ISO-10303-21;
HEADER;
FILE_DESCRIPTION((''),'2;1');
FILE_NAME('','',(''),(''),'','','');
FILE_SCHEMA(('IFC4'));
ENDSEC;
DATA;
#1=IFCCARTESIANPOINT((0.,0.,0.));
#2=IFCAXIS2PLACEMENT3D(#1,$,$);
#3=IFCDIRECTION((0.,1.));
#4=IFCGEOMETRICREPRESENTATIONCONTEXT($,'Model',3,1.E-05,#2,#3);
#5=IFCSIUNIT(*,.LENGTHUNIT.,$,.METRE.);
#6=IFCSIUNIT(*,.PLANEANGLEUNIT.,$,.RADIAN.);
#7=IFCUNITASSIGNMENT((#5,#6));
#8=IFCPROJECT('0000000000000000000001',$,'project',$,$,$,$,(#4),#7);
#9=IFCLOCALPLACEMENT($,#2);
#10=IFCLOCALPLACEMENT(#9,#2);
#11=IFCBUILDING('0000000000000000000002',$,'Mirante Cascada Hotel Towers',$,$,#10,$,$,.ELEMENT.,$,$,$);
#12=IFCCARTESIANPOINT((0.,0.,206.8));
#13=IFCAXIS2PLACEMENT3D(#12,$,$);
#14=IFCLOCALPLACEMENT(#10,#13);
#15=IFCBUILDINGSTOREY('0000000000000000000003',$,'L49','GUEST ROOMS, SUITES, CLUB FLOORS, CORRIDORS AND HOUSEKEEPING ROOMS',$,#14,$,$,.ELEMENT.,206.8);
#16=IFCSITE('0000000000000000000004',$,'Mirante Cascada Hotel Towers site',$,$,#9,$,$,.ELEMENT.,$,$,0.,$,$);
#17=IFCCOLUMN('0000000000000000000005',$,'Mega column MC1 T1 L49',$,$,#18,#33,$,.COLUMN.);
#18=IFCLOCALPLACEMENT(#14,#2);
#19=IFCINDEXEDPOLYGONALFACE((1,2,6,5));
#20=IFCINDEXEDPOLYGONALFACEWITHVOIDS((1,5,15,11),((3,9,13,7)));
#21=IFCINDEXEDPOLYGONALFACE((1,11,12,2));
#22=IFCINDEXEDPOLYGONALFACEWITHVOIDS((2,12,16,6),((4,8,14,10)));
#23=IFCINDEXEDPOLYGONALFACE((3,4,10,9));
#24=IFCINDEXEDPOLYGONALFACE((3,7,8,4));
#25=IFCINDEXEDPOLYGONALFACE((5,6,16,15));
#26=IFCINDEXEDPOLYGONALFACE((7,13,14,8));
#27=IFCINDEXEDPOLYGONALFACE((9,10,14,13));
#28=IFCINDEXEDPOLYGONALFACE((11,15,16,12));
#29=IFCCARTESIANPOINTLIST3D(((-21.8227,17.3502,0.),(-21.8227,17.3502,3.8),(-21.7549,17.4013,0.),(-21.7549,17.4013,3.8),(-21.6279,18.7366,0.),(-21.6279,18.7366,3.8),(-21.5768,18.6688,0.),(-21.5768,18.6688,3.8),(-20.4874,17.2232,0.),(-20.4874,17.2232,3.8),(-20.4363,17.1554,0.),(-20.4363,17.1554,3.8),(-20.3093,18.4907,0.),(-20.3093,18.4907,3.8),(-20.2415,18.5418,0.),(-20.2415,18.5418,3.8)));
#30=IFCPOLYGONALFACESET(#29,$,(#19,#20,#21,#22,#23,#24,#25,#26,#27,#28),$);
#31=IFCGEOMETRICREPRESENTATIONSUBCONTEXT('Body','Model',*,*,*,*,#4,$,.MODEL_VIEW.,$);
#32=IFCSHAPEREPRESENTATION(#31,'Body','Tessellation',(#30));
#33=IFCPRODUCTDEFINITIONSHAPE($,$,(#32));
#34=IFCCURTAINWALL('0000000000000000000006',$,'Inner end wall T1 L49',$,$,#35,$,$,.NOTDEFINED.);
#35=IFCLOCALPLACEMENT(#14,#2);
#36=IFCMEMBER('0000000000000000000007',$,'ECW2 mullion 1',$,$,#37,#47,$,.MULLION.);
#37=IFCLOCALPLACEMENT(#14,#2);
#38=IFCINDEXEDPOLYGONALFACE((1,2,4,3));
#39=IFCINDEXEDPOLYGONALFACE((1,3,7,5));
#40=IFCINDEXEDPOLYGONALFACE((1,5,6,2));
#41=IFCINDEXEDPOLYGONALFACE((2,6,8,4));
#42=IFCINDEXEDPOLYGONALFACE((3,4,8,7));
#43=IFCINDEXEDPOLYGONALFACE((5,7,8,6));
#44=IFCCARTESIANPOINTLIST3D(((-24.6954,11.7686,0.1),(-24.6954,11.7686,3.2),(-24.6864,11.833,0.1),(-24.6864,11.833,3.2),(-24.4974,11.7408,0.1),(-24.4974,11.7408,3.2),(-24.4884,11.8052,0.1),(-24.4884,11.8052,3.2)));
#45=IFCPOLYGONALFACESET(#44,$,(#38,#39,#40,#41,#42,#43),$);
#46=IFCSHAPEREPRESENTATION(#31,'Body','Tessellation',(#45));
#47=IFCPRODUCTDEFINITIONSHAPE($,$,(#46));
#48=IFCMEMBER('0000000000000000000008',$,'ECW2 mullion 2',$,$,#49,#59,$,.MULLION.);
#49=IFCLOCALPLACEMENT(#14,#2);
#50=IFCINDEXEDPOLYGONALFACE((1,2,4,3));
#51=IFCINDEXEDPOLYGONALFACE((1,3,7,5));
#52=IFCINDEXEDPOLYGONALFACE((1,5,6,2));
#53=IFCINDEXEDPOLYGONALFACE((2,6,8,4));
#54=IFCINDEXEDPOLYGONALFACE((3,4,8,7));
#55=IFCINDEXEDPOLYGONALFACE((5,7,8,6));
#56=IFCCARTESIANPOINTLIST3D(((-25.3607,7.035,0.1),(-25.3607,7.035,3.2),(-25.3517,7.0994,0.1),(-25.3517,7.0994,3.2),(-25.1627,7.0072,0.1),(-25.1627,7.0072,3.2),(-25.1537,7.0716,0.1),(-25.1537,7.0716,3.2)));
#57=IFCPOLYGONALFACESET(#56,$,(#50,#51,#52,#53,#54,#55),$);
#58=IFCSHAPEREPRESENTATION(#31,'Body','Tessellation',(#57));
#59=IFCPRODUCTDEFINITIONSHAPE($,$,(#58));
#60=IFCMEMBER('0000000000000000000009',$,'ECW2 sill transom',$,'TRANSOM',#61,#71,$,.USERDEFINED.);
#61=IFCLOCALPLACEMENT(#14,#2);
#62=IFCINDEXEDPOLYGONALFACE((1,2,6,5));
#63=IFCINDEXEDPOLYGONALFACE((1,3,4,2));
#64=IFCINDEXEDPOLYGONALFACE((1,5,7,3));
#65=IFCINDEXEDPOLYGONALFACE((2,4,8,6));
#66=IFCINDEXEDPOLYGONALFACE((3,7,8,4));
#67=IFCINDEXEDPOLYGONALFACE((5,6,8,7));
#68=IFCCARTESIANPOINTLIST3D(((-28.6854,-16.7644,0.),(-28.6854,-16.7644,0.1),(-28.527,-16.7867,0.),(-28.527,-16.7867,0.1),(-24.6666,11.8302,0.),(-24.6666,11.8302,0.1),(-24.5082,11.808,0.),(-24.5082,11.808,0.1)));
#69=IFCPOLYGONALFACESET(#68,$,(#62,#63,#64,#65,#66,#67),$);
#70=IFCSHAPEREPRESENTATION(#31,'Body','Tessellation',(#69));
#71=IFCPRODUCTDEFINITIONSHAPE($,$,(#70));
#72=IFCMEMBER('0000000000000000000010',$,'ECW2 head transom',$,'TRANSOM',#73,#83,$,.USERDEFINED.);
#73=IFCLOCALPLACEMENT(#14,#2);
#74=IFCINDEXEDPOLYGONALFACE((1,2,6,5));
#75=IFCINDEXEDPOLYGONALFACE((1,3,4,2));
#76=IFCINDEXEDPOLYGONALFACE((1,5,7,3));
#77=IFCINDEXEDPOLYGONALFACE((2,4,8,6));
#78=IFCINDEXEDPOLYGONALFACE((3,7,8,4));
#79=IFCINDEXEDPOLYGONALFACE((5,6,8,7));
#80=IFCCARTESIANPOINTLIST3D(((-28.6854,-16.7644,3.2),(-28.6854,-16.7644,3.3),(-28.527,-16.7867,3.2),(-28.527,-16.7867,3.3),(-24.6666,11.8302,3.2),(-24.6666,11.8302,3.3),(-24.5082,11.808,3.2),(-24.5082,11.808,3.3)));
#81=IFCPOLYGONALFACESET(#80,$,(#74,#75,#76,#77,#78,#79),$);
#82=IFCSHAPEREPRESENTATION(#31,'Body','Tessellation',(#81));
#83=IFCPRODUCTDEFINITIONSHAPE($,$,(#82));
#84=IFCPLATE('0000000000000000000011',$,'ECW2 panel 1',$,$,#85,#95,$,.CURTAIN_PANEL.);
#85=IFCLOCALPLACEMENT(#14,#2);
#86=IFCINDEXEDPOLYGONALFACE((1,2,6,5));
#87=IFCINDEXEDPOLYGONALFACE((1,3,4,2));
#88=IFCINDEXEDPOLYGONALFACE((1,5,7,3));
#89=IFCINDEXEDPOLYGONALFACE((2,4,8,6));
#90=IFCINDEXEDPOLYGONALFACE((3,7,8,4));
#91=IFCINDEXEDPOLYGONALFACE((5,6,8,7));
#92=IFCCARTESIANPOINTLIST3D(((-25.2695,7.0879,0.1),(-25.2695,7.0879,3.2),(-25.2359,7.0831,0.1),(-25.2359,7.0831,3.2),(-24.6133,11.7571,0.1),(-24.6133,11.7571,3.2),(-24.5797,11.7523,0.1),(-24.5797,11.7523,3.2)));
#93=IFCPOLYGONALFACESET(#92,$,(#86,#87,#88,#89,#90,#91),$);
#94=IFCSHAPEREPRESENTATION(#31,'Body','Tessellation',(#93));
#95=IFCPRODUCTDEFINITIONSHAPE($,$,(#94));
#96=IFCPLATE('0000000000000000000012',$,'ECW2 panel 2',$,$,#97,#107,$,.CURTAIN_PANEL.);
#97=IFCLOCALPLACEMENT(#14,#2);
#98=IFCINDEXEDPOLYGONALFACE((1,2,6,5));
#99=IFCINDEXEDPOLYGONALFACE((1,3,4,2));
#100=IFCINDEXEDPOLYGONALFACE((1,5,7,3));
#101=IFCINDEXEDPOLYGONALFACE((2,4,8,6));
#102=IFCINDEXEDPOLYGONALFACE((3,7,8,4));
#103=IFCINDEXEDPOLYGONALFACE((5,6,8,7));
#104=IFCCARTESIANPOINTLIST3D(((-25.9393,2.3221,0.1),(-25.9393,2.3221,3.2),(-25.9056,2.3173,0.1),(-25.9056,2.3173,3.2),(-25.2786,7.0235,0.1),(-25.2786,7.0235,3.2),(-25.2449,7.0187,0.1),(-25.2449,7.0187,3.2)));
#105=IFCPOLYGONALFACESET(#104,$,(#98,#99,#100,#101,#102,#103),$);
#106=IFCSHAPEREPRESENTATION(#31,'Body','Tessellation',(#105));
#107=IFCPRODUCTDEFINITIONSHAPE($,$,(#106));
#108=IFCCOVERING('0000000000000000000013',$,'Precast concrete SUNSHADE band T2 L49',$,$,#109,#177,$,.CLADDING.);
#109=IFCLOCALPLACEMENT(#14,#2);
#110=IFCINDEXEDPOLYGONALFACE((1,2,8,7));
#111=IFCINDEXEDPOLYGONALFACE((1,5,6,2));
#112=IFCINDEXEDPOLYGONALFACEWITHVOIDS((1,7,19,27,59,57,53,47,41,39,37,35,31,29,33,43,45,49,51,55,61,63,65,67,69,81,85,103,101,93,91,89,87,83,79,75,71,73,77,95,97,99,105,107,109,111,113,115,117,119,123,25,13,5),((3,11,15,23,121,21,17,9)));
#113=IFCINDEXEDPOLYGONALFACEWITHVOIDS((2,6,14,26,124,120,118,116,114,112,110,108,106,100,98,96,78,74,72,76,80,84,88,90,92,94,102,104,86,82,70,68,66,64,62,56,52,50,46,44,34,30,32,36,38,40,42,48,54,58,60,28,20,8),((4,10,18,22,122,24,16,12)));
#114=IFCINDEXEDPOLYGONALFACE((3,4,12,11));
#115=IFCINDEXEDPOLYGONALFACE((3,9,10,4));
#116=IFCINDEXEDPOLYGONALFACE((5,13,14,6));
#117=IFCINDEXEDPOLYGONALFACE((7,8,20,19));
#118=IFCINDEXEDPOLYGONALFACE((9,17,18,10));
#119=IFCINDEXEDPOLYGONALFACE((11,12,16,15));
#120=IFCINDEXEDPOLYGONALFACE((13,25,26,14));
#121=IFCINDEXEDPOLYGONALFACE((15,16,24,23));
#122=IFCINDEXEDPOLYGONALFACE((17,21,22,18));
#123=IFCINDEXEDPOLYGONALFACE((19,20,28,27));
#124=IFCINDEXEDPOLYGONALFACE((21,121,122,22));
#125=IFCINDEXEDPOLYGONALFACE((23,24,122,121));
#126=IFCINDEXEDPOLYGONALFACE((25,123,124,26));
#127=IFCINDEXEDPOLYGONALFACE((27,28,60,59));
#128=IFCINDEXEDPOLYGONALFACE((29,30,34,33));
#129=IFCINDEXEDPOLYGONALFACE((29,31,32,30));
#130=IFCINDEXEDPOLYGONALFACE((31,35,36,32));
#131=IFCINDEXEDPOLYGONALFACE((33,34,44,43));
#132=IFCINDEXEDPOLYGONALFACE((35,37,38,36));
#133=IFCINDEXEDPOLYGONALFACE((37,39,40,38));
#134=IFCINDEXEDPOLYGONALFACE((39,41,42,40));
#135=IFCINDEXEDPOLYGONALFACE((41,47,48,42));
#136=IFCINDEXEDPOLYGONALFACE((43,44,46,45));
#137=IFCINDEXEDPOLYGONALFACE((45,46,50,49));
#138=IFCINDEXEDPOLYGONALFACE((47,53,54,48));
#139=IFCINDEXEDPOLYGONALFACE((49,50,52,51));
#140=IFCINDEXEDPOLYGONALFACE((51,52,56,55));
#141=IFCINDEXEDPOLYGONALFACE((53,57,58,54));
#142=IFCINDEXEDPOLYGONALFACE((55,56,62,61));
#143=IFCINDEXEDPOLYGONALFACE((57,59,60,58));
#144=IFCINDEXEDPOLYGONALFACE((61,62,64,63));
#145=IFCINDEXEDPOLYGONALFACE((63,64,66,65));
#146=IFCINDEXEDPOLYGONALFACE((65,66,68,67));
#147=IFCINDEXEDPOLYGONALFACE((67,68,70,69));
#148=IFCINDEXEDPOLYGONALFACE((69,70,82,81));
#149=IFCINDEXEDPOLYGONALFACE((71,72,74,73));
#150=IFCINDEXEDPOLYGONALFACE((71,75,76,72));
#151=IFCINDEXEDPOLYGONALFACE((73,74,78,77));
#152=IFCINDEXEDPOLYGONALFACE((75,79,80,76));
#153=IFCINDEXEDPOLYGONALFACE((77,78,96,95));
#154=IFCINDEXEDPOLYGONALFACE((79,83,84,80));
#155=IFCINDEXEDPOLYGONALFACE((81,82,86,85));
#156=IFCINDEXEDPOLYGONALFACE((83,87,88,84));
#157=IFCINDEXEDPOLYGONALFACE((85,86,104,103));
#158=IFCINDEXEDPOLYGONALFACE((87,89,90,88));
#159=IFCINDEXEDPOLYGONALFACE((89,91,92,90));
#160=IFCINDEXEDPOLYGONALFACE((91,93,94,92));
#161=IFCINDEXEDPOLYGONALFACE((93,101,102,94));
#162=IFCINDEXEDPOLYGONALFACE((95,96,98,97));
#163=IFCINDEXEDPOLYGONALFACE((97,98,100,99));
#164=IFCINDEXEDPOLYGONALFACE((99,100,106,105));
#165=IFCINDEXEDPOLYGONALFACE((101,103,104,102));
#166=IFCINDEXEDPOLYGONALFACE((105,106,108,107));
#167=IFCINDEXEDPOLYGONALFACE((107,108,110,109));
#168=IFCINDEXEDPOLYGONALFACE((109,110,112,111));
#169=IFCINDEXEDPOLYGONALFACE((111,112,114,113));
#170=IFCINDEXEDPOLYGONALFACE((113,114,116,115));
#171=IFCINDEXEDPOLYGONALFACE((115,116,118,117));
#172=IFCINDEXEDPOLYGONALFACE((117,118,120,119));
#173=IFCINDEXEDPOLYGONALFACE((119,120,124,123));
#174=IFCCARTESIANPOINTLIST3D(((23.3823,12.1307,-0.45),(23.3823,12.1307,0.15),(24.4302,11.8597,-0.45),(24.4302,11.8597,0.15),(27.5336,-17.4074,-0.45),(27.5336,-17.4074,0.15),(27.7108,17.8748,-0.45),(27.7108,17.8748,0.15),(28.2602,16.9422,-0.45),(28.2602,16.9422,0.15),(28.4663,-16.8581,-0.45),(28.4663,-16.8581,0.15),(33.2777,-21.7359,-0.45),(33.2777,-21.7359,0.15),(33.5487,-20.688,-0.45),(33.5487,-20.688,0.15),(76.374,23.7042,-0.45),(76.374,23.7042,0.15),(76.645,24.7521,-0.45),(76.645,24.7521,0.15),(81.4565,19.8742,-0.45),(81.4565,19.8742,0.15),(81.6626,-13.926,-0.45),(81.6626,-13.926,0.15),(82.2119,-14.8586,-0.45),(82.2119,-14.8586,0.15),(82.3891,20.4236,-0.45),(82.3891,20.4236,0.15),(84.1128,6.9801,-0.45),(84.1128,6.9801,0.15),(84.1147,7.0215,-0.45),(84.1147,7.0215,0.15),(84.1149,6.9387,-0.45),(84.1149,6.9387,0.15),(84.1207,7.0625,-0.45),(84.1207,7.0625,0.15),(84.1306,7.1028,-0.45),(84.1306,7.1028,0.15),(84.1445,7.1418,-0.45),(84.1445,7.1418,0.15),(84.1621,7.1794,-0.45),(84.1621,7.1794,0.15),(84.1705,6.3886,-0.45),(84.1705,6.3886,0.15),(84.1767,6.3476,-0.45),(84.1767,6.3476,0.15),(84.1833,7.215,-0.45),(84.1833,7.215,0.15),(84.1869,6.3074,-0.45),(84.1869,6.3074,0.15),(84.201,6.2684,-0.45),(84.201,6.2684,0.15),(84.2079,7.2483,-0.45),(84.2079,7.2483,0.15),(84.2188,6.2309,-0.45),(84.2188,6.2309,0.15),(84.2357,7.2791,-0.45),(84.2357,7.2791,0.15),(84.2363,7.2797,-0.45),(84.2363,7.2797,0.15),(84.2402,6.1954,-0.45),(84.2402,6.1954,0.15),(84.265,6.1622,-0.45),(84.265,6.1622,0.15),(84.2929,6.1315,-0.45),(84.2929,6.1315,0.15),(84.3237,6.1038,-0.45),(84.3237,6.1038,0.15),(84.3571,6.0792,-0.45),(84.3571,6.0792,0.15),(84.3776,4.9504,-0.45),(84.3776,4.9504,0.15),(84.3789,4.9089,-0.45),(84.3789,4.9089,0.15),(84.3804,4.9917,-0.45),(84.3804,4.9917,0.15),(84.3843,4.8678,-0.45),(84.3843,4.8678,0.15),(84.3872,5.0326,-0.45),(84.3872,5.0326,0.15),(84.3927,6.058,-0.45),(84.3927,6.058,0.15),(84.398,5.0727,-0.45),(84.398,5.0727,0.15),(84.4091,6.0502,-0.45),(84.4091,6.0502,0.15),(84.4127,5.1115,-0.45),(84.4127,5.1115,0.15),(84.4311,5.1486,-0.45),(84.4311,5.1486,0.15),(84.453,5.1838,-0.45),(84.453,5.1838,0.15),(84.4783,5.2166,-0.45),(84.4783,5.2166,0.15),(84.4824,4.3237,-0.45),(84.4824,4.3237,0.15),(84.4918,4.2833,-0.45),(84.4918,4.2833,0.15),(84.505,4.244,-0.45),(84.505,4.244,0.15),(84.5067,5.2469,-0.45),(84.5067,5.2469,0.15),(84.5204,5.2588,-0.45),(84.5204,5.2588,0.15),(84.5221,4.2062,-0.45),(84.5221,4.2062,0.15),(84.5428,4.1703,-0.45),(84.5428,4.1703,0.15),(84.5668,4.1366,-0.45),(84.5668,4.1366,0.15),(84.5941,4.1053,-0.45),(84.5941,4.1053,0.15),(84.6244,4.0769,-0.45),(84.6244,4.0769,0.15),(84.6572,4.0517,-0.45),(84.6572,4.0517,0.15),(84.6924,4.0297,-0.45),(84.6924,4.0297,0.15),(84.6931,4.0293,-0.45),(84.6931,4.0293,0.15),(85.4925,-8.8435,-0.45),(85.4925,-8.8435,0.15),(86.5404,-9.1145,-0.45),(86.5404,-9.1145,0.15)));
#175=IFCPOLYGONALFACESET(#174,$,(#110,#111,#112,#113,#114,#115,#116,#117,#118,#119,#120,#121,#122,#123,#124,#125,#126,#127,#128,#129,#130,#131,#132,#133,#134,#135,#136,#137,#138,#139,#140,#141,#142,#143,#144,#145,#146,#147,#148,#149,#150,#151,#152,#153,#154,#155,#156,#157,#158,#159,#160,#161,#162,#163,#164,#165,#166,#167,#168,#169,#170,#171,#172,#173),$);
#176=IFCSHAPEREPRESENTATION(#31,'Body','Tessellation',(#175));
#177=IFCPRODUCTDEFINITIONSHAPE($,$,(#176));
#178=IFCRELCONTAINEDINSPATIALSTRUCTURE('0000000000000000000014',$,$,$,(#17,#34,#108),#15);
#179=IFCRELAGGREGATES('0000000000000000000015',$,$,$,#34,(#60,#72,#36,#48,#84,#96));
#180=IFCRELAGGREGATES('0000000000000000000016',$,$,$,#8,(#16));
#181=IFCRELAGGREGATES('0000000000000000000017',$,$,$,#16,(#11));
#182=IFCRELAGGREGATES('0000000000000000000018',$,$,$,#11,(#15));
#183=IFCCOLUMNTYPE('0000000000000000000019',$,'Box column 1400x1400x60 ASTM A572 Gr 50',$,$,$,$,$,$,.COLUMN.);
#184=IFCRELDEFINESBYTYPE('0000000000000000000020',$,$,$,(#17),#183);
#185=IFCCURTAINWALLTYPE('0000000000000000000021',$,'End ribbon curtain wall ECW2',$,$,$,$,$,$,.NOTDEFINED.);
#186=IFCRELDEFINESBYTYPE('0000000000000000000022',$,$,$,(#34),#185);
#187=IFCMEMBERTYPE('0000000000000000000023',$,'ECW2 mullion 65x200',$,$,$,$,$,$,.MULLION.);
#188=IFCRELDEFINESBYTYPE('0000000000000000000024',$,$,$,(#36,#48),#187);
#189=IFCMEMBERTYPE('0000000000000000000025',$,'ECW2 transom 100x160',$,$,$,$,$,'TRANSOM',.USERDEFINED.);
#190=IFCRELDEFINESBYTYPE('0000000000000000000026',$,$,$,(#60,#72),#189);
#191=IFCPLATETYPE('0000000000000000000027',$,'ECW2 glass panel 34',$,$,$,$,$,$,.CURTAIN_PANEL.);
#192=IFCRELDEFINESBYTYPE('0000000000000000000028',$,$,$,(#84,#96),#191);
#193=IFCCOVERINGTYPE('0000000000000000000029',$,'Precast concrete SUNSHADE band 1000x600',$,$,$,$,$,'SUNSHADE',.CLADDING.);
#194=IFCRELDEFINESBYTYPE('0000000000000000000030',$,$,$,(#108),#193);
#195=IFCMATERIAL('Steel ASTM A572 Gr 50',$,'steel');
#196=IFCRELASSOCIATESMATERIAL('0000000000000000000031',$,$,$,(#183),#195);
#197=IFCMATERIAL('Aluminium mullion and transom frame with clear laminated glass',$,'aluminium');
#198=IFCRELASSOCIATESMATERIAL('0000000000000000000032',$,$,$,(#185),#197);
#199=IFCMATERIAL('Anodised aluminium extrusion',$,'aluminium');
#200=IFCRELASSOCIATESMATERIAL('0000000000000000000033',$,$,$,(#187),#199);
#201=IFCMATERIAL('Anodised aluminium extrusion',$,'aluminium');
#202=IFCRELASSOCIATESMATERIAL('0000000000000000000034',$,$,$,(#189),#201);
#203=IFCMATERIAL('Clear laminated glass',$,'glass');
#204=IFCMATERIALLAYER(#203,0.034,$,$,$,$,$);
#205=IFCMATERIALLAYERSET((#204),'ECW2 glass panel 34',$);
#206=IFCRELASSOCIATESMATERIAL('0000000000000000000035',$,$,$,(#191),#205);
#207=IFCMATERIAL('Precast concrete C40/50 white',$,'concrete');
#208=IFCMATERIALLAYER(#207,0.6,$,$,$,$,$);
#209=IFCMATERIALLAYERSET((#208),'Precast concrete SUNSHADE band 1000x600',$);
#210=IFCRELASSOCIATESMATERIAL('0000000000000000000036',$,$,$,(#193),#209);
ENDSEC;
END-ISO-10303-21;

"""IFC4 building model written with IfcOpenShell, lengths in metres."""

from ifc_helpers import new_model, si_unit, direction, frame, origin, origin_2d, place, context, subcontext, project, spatial, polyline, rectangle, hollow_rectangle, outline, extrude, material, layer, layer_set, material_profile, profile_set, type_object, element, aggregate, save


model = new_model("IFC4")

# Units and contexts
model_context = context("Model", 3, precision=1e-05, world=origin(), true_north=direction((0.0, 1.0)))
body_context = subcontext(model_context, "Body", "Model", "MODEL_VIEW")
ifc_project = project(units=[si_unit("LENGTHUNIT", "METRE"), si_unit("PLANEANGLEUNIT", "RADIAN")], contexts=[model_context])

# Site, building, storey
site_placement = place(None, origin())
site = spatial("IfcSite", under=ifc_project, at=site_placement, Name="Mirante Cascada Hotel Towers site", CompositionType="ELEMENT", RefElevation=0.0)
building_placement = place(site_placement, origin())
building = spatial("IfcBuilding", under=site, at=building_placement, Name="Mirante Cascada Hotel Towers", CompositionType="ELEMENT")
storey_placement = place(building_placement, frame((0.0, 0.0, 206.8)))
storey = spatial("IfcBuildingStorey", under=building, at=storey_placement, Name="L49", Description="GUEST ROOMS, SUITES, CLUB FLOORS, CORRIDORS AND HOUSEKEEPING ROOMS", CompositionType="ELEMENT", Elevation=206.8)

# Column
ifc_material_1 = material(Name="Steel ASTM A572 Gr 50", Category="steel")
ifc_material_profile_1 = material_profile(ifc_material_1, hollow_rectangle(XDim=1.4, YDim=1.4, WallThickness=0.06, at=origin_2d()), Name="Box column 1400x1400x60 ASTM A572 Gr 50")
ifc_profile_set_1 = profile_set([ifc_material_profile_1], Name="Steel ASTM A572 Gr 50")
column_type = type_object("IfcColumnType", Name="Box column 1400x1400x60 ASTM A572 Gr 50", PredefinedType="COLUMN", material=ifc_profile_set_1)
column_placement = place(storey_placement, frame((-21.0321, 17.946, 0.0), z_axis=(0.0, 0.0, 1.0), x_axis=(-0.990268, 0.139173, 0.0)))
element("IfcColumn", 1, at=column_placement, inside=storey, type_object=column_type, Name="Mega column MC1 T1 L49", PredefinedType="COLUMN", context=body_context, shape_type="SweptSolid", body=[
    extrude(hollow_rectangle(XDim=1.4, YDim=1.4, WallThickness=0.06, at=origin_2d()), origin(), (0.0, 0.0, 1.0), 3.8),
])

# Curtain wall, members, plates
ifc_material_2 = material(Name="Aluminium mullion and transom frame with clear laminated glass", Category="aluminium")
curtain_wall_type = type_object("IfcCurtainWallType", Name="End ribbon curtain wall ECW2", PredefinedType="NOTDEFINED", material=ifc_material_2)
curtain_wall_placement = place(storey_placement, origin())
curtain_wall = element("IfcCurtainWall", 2, at=curtain_wall_placement, inside=storey, type_object=curtain_wall_type, Name="Inner end wall T1 L49", PredefinedType="NOTDEFINED")
ifc_material_3 = material(Name="Anodised aluminium extrusion", Category="aluminium")
ifc_material_profile_2 = material_profile(ifc_material_3, rectangle(XDim=0.2, YDim=0.065, at=origin_2d()), Name="ECW2 MULLION 65x200")
ifc_profile_set_2 = profile_set([ifc_material_profile_2], Name="Anodised aluminium extrusion")
member_type_1 = type_object("IfcMemberType", Name="ECW2 mullion 65x200", PredefinedType="MULLION", material=ifc_profile_set_2)
member_1_placement = place(storey_placement, frame((-24.5919, 11.7869, 0.1), z_axis=(0.0, 0.0, 1.0), x_axis=(0.990268, -0.139173, 0.0)))
member_1 = element("IfcMember", 3, at=member_1_placement, type_object=member_type_1, Name="ECW2 mullion 1", PredefinedType="MULLION", context=body_context, shape_type="SweptSolid", body=[
    extrude(rectangle(XDim=0.2, YDim=0.065, at=origin_2d()), origin(), (0.0, 0.0, 1.0), 3.1),
])
member_2_placement = place(storey_placement, frame((-25.2572, 7.0533, 0.1), z_axis=(0.0, 0.0, 1.0), x_axis=(0.990268, -0.139173, 0.0)))
member_2 = element("IfcMember", 4, at=member_2_placement, type_object=member_type_1, Name="ECW2 mullion 2", PredefinedType="MULLION", context=body_context, shape_type="SweptSolid", body=[
    extrude(rectangle(XDim=0.2, YDim=0.065, at=origin_2d()), origin(), (0.0, 0.0, 1.0), 3.1),
])
ifc_material_4 = material(Name="Anodised aluminium extrusion", Category="aluminium")
ifc_material_profile_3 = material_profile(ifc_material_4, rectangle(XDim=0.16, YDim=0.1, at=origin_2d()), Name="ECW2 TRANSOM 100x160")
ifc_profile_set_3 = profile_set([ifc_material_profile_3], Name="Anodised aluminium extrusion")
member_type_2 = type_object("IfcMemberType", Name="ECW2 transom 100x160", ElementType="TRANSOM", PredefinedType="USERDEFINED", material=ifc_profile_set_3)
member_3_placement = place(storey_placement, frame((-24.5874, 11.8191, 0.05), z_axis=(-0.139176, -0.990268, 0.0), x_axis=(0.990268, -0.139176, 0.0)))
member_3 = element("IfcMember", 5, at=member_3_placement, type_object=member_type_2, Name="ECW2 sill transom", ObjectType="TRANSOM", PredefinedType="USERDEFINED", context=body_context, shape_type="SweptSolid", body=[
    extrude(rectangle(XDim=0.16, YDim=0.1, at=origin_2d()), origin(), (0.0, 0.0, 1.0), 28.8757),
])
member_4_placement = place(storey_placement, frame((-24.5874, 11.8191, 3.25), z_axis=(-0.139176, -0.990268, 0.0), x_axis=(0.990268, -0.139176, 0.0)))
member_4 = element("IfcMember", 6, at=member_4_placement, type_object=member_type_2, Name="ECW2 head transom", ObjectType="TRANSOM", PredefinedType="USERDEFINED", context=body_context, shape_type="SweptSolid", body=[
    extrude(rectangle(XDim=0.16, YDim=0.1, at=origin_2d()), origin(), (0.0, 0.0, 1.0), 28.8757),
])
ifc_material_5 = material(Name="Clear laminated glass", Category="glass")
ifc_layer_1 = layer(ifc_material_5, 0.034)
ifc_layer_set_1 = layer_set([ifc_layer_1], Name="ECW2 glass panel 34")
plate_type = type_object("IfcPlateType", Name="ECW2 glass panel 34", PredefinedType="CURTAIN_PANEL", material=ifc_layer_set_1)
plate_1_placement = place(storey_placement, frame((-24.9246, 9.4201, 0.1), z_axis=(0.0, 0.0, 1.0), x_axis=(-0.139173, -0.990268, 0.0)))
plate_1 = element("IfcPlate", 7, at=plate_1_placement, type_object=plate_type, Name="ECW2 panel 1", PredefinedType="CURTAIN_PANEL", context=body_context, shape_type="SweptSolid", body=[
    extrude(rectangle(XDim=4.7151, YDim=0.034, at=origin_2d()), origin(), (0.0, 0.0, 1.0), 3.1),
])
plate_2_placement = place(storey_placement, frame((-25.5921, 4.6704, 0.1), z_axis=(0.0, 0.0, 1.0), x_axis=(-0.139173, -0.990268, 0.0)))
plate_2 = element("IfcPlate", 8, at=plate_2_placement, type_object=plate_type, Name="ECW2 panel 2", PredefinedType="CURTAIN_PANEL", context=body_context, shape_type="SweptSolid", body=[
    extrude(rectangle(XDim=4.7476, YDim=0.034, at=origin_2d()), origin(), (0.0, 0.0, 1.0), 3.1),
])
aggregate(curtain_wall, [member_3, member_4, member_1, member_2, plate_1, plate_2])

# Covering
ifc_material_6 = material(Name="Precast concrete C40/50 white", Category="concrete")
ifc_layer_2 = layer(ifc_material_6, 0.6)
ifc_layer_set_2 = layer_set([ifc_layer_2], Name="Precast concrete SUNSHADE band 1000x600")
covering_type = type_object("IfcCoveringType", Name="Precast concrete SUNSHADE band 1000x600", ElementType="SUNSHADE", PredefinedType="CLADDING", material=ifc_layer_set_2)
covering_placement = place(storey_placement, frame((0.0, 0.0, -0.45)))
element("IfcCovering", 9, at=covering_placement, inside=storey, type_object=covering_type, Name="Precast concrete SUNSHADE band T2 L49", PredefinedType="CLADDING", context=body_context, shape_type="SweptSolid", body=[
    extrude(outline(polyline([(23.3823, 12.1307), (27.7108, 17.8748), (76.645, 24.7521), (82.3891, 20.4236), (84.2363, 7.2797), (84.2357, 7.2791), (84.2079, 7.2483), (84.1833, 7.215), (84.1621, 7.1794), (84.1445, 7.1418), (84.1306, 7.1028), (84.1207, 7.0625), (84.1147, 7.0215), (84.1128, 6.9801), (84.1149, 6.9387), (84.1705, 6.3886), (84.1767, 6.3476), (84.1869, 6.3074), (84.201, 6.2684), (84.2188, 6.2309), (84.2402, 6.1954), (84.265, 6.1622), (84.2929, 6.1315), (84.3237, 6.1038), (84.3571, 6.0792), (84.3927, 6.058), (84.4091, 6.0502), (84.5204, 5.2588), (84.5067, 5.2469), (84.4783, 5.2166), (84.453, 5.1838), (84.4311, 5.1486), (84.4127, 5.1115), (84.398, 5.0727), (84.3872, 5.0326), (84.3804, 4.9917), (84.3776, 4.9504), (84.3789, 4.9089), (84.3843, 4.8678), (84.4824, 4.3237), (84.4918, 4.2833), (84.505, 4.244), (84.5221, 4.2062), (84.5428, 4.1703), (84.5668, 4.1366), (84.5941, 4.1053), (84.6244, 4.0769), (84.6572, 4.0517), (84.6924, 4.0297), (84.6931, 4.0293), (86.5404, -9.1145), (82.2119, -14.8586), (33.2777, -21.7359), (27.5336, -17.4074), (23.3823, 12.1307)]), holes=[polyline([(85.4925, -8.8435), (81.4565, 19.8742), (76.374, 23.7042), (28.2602, 16.9422), (24.4302, 11.8597), (28.4663, -16.8581), (33.5487, -20.688), (81.6626, -13.926), (85.4925, -8.8435)])]), origin(), (0.0, 0.0, 1.0), 0.6),
])

save(model, "model.ifc")
